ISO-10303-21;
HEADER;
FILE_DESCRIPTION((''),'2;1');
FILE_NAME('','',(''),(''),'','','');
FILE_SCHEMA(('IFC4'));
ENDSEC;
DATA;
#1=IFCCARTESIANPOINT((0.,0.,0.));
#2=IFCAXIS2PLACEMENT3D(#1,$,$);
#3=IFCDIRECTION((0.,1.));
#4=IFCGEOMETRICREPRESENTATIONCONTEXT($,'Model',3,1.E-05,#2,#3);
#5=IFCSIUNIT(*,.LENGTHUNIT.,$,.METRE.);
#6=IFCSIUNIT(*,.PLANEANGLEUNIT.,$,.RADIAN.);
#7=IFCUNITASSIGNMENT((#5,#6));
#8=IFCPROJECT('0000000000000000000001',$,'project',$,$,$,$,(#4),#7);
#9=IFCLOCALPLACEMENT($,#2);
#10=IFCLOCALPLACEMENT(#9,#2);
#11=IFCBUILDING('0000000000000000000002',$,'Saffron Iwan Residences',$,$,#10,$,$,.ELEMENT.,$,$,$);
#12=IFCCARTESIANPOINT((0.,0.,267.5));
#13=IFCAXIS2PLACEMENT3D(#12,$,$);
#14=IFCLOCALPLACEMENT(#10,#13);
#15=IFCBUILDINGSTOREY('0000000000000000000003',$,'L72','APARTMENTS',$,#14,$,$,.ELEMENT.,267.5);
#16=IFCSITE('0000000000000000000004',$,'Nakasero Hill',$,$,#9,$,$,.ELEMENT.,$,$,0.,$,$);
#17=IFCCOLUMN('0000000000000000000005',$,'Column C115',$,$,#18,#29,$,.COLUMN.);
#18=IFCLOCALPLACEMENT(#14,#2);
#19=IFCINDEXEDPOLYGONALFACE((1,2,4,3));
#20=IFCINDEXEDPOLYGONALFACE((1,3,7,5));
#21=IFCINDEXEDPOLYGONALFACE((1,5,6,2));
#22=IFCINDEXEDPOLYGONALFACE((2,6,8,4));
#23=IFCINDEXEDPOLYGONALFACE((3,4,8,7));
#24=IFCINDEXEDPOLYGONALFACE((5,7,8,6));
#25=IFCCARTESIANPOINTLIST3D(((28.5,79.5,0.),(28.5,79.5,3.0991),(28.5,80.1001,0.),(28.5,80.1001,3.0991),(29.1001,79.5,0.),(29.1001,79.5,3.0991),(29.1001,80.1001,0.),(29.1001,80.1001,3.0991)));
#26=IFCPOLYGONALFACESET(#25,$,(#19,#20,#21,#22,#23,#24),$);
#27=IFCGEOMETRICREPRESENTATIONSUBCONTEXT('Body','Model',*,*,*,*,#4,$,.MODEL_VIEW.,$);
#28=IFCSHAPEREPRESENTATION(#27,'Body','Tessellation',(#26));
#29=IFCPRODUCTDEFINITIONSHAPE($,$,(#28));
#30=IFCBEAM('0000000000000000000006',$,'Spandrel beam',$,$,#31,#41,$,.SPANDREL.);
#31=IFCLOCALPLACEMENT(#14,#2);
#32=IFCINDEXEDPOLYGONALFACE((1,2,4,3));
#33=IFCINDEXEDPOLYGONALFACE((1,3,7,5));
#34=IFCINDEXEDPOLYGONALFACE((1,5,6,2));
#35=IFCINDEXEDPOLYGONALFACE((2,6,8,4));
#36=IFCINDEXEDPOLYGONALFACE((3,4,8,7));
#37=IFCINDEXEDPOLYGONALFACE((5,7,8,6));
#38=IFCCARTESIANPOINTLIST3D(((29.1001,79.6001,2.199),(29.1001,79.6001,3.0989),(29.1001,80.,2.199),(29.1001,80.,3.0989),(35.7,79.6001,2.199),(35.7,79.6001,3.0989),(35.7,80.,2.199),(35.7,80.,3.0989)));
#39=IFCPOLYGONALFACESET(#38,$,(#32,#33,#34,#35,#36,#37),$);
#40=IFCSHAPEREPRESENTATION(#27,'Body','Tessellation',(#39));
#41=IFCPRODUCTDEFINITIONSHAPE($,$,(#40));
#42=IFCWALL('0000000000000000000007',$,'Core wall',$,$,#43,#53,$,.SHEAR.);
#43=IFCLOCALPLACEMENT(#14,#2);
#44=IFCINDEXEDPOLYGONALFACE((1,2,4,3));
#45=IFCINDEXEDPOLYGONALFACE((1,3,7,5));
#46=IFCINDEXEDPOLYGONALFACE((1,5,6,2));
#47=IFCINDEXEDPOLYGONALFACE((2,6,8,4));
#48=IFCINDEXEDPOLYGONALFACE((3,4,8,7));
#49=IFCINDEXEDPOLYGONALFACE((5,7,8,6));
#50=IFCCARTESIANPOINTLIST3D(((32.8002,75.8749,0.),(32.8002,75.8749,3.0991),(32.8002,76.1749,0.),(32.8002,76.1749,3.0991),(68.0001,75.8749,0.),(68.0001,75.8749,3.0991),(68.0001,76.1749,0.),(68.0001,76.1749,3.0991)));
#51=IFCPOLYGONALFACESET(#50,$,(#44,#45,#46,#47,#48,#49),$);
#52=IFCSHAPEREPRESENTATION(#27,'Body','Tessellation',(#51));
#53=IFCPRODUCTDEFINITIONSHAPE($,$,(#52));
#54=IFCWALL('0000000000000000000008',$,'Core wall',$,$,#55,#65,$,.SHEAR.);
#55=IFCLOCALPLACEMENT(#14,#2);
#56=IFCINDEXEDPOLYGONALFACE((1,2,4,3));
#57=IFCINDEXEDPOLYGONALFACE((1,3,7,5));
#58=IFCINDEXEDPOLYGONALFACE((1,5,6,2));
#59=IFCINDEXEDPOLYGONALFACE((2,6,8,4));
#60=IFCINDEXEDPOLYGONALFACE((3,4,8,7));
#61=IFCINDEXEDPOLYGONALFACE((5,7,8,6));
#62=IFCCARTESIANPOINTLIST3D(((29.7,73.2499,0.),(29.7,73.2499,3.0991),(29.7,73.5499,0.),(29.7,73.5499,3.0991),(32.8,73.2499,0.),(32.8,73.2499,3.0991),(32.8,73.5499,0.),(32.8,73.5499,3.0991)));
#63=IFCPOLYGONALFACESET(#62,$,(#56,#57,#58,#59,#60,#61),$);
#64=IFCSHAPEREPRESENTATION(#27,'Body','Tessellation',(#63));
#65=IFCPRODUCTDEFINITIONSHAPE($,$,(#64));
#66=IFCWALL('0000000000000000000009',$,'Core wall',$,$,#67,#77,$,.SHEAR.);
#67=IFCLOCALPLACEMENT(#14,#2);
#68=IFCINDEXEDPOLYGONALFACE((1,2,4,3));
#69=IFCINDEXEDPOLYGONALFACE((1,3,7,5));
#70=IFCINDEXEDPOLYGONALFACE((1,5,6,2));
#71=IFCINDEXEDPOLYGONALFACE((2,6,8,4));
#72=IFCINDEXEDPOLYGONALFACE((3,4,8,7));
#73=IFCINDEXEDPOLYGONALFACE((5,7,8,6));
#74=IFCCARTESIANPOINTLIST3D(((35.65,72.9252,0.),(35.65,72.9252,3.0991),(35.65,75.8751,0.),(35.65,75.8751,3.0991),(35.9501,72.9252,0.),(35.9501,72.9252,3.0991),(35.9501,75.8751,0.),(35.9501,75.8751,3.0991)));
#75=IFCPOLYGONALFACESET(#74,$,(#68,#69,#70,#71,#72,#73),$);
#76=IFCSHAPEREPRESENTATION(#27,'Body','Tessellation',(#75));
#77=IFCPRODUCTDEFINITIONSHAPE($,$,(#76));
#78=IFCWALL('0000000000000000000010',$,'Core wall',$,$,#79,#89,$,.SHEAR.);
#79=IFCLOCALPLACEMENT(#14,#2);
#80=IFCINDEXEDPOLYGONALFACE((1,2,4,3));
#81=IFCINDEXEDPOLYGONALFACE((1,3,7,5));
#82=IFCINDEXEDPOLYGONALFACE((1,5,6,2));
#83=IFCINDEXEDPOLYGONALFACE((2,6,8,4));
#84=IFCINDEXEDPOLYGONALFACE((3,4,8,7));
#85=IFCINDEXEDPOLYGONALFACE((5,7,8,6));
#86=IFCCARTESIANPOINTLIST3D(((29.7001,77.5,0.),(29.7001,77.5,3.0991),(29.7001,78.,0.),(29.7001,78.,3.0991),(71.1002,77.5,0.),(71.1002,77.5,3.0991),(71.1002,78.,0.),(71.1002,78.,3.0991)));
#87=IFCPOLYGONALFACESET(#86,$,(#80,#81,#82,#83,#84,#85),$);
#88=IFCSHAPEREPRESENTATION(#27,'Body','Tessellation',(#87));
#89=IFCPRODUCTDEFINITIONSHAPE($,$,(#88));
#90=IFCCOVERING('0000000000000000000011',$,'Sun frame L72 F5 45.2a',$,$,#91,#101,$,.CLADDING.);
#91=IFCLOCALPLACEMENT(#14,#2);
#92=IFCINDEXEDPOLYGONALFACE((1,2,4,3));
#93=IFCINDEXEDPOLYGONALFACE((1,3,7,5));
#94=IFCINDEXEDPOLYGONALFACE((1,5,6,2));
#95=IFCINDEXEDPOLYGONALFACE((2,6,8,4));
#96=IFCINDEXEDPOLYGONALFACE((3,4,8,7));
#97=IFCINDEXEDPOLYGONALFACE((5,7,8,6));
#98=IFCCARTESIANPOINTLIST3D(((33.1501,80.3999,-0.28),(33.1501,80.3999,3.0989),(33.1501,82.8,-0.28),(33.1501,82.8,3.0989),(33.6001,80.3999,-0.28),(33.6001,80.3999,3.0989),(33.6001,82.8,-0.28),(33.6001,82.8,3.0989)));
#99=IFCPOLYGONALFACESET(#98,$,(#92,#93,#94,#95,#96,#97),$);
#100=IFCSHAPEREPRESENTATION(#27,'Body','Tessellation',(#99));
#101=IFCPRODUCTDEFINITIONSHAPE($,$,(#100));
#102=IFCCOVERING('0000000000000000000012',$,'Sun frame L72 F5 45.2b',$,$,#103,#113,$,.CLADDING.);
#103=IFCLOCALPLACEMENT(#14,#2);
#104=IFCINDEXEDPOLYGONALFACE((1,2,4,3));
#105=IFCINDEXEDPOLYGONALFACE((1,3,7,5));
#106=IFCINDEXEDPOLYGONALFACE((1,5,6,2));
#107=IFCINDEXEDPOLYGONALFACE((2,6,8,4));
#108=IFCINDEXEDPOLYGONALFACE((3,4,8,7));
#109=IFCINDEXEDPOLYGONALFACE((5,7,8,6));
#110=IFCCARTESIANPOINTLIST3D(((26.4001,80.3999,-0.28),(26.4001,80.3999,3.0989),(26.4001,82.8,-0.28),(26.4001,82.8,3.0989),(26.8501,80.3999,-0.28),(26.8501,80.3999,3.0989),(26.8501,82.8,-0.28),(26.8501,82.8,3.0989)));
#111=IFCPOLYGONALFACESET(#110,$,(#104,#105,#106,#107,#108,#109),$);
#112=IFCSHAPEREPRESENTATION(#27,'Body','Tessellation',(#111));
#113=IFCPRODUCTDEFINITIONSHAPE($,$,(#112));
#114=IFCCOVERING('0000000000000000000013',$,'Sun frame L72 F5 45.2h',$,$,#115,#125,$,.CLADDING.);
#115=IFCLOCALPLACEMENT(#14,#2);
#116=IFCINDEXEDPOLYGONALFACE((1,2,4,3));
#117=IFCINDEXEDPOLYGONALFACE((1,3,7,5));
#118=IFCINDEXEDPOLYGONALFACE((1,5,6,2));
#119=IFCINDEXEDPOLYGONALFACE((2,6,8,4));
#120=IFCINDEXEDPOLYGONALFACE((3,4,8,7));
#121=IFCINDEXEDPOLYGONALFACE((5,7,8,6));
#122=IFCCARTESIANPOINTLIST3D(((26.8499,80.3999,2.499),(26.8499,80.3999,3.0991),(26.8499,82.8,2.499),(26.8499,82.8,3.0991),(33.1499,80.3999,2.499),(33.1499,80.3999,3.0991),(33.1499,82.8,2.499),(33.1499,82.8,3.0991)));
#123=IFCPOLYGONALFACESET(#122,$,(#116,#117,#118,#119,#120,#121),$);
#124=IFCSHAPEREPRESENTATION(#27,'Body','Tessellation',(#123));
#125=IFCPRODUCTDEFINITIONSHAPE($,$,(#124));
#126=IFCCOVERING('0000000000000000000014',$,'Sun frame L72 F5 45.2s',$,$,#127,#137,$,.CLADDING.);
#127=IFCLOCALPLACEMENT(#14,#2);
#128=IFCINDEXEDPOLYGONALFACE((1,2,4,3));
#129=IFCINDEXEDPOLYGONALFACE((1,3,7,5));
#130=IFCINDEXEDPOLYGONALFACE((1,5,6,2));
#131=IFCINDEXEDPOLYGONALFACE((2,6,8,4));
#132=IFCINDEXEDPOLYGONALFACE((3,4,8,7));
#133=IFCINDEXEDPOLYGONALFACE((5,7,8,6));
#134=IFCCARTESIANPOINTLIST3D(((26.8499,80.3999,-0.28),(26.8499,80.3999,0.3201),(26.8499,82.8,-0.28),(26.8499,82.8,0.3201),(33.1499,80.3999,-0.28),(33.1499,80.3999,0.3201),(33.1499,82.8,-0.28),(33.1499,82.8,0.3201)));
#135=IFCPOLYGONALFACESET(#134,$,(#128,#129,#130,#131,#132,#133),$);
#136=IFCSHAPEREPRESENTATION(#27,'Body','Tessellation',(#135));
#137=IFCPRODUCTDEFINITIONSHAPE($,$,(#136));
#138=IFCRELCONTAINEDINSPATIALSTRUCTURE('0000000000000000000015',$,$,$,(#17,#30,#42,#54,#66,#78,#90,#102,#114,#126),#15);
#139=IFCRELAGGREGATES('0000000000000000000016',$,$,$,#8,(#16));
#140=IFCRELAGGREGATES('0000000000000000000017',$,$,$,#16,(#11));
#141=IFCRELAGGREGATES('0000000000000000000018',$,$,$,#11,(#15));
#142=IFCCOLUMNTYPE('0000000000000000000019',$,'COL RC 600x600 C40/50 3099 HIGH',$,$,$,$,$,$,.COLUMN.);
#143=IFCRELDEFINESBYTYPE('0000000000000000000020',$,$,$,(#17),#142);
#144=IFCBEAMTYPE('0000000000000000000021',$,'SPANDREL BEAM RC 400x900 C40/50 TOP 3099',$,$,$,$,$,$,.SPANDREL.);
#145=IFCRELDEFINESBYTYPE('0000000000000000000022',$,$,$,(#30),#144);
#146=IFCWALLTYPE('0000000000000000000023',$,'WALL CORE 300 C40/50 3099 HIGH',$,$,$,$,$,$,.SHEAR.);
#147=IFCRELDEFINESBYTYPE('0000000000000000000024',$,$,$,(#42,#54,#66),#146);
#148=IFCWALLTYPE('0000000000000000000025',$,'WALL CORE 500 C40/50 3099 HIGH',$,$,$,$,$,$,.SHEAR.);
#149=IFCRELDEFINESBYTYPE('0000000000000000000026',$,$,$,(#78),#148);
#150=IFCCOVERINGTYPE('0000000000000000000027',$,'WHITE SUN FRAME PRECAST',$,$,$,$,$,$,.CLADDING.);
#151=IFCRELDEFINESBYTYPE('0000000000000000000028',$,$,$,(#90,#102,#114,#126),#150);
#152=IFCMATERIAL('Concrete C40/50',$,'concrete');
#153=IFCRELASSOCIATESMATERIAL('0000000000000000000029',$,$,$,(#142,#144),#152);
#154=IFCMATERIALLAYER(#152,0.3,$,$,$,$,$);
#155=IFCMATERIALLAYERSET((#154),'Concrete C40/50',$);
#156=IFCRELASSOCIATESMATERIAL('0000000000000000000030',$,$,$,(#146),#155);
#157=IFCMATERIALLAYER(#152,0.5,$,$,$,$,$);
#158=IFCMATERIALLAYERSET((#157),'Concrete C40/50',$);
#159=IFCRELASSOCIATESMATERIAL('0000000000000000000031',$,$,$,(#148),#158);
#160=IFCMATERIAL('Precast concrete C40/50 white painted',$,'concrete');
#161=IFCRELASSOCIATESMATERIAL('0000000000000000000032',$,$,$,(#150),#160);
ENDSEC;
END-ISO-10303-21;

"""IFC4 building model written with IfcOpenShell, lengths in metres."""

from ifc_helpers import new_model, si_unit, direction, frame, frame_2d, origin, origin_2d, place, context, subcontext, project, spatial, polyline, rectangle, outline, extrude, source, transform, mapped, material, layer, layer_set, material_profile, profile_set, type_object, element, save


model = new_model("IFC4")

# Units and contexts
model_context = context("Model", 3, precision=1e-05, world=origin(), true_north=direction((0.0, 1.0)))
body_context = subcontext(model_context, "Body", "Model", "MODEL_VIEW")
ifc_project = project(units=[si_unit("LENGTHUNIT", "METRE"), si_unit("PLANEANGLEUNIT", "RADIAN")], contexts=[model_context])

# Site, building, storey
site_placement = place(None, origin())
site = spatial("IfcSite", under=ifc_project, at=site_placement, Name="Nakasero Hill", CompositionType="ELEMENT", RefElevation=0.0)
building_placement = place(site_placement, origin())
building = spatial("IfcBuilding", under=site, at=building_placement, Name="Saffron Iwan Residences", CompositionType="ELEMENT")
storey_placement = place(building_placement, frame((0.0, 0.0, 267.5)))
storey = spatial("IfcBuildingStorey", under=building, at=storey_placement, Name="L72", Description="APARTMENTS", CompositionType="ELEMENT", Elevation=267.5)

# Column
ifc_material_1 = material(Name="Concrete C40/50", Category="concrete")
ifc_material_profile_1 = material_profile(ifc_material_1, rectangle(XDim=0.6001, YDim=0.6001, at=origin_2d()), Name="RC 600x600")
ifc_profile_set_1 = profile_set([ifc_material_profile_1], Name="Concrete C40/50")
column_type = type_object("IfcColumnType", Name="COL RC 600x600 C40/50 3099 HIGH", PredefinedType="COLUMN", material=ifc_profile_set_1)
shared_shape_1 = source(origin(), body_context, "Body", "SweptSolid", [
    extrude(rectangle(XDim=0.6001, YDim=0.6001, at=origin_2d()), origin(), (0.0, 0.0, 1.0), 3.0991),
])
column_placement = place(storey_placement, frame((28.8, 79.8, 0.0), z_axis=(0.0, 0.0, 1.0), x_axis=(1.0, 0.0, 0.0)))
element("IfcColumn", 1, at=column_placement, inside=storey, type_object=column_type, Name="Column C115", PredefinedType="COLUMN", context=body_context, shape_type="MappedRepresentation", body=[
    mapped(shared_shape_1, transform((0.0, 0.0, 0.0))),
])

# Beam
ifc_material_profile_2 = material_profile(ifc_material_1, rectangle(XDim=0.3999, YDim=0.8999, at=origin_2d()), Name="RC 400x900")
ifc_profile_set_2 = profile_set([ifc_material_profile_2], Name="Concrete C40/50")
beam_type = type_object("IfcBeamType", Name="SPANDREL BEAM RC 400x900 C40/50 TOP 3099", PredefinedType="SPANDREL", material=ifc_profile_set_2)
shared_shape_2 = source(origin(), body_context, "Body", "SweptSolid", [
    extrude(rectangle(XDim=0.3999, YDim=0.8999, at=origin_2d()), origin(), (0.0, 0.0, 1.0), 6.5999),
])
beam_placement = place(storey_placement, frame((29.1001, 79.8, 2.6489), z_axis=(1.0, 0.0, 0.0), x_axis=(0.0, 1.0, 0.0)))
element("IfcBeam", 2, at=beam_placement, inside=storey, type_object=beam_type, Name="Spandrel beam", PredefinedType="SPANDREL", context=body_context, shape_type="MappedRepresentation", body=[
    mapped(shared_shape_2, transform((0.0, 0.0, 0.0))),
])

# Shared definitions
ifc_layer_1 = layer(ifc_material_1, 0.3)
ifc_layer_set_1 = layer_set([ifc_layer_1], Name="Concrete C40/50")
wall_type_1 = type_object("IfcWallType", Name="WALL CORE 300 C40/50 3099 HIGH", PredefinedType="SHEAR", material=ifc_layer_set_1)

# Walls
wall_1_placement = place(storey_placement, frame((32.8, 76.0249, 0.0), z_axis=(0.0, 0.0, 1.0), x_axis=(1.0, 0.0, 0.0)))
element("IfcWall", 3, at=wall_1_placement, inside=storey, type_object=wall_type_1, Name="Core wall", PredefinedType="SHEAR", context=body_context, shape_type="SweptSolid", body=[
    extrude(rectangle(XDim=35.2, YDim=0.3, at=frame_2d((17.6001, 0.0))), origin(), (0.0, 0.0, 1.0), 3.0991),
])
wall_2_placement = place(storey_placement, frame((29.7, 73.3999, 0.0), z_axis=(0.0, 0.0, 1.0), x_axis=(1.0, 0.0, 0.0)))
element("IfcWall", 4, at=wall_2_placement, inside=storey, type_object=wall_type_1, Name="Core wall", PredefinedType="SHEAR", context=body_context, shape_type="SweptSolid", body=[
    extrude(rectangle(XDim=3.1001, YDim=0.3, at=frame_2d((1.55, 0.0))), origin(), (0.0, 0.0, 1.0), 3.0991),
])
wall_3_placement = place(storey_placement, frame((35.8, 72.925, 0.0), z_axis=(0.0, 0.0, 1.0), x_axis=(0.0, 1.0, 0.0)))
element("IfcWall", 5, at=wall_3_placement, inside=storey, type_object=wall_type_1, Name="Core wall", PredefinedType="SHEAR", context=body_context, shape_type="SweptSolid", body=[
    extrude(rectangle(XDim=2.95, YDim=0.3, at=frame_2d((1.4751, 0.0))), origin(), (0.0, 0.0, 1.0), 3.0991),
])
ifc_layer_2 = layer(ifc_material_1, 0.5)
ifc_layer_set_2 = layer_set([ifc_layer_2], Name="Concrete C40/50")
wall_type_2 = type_object("IfcWallType", Name="WALL CORE 500 C40/50 3099 HIGH", PredefinedType="SHEAR", material=ifc_layer_set_2)
wall_4_placement = place(storey_placement, frame((29.7, 77.75, 0.0), z_axis=(0.0, 0.0, 1.0), x_axis=(1.0, 0.0, 0.0)))
element("IfcWall", 6, at=wall_4_placement, inside=storey, type_object=wall_type_2, Name="Core wall", PredefinedType="SHEAR", context=body_context, shape_type="SweptSolid", body=[
    extrude(rectangle(XDim=41.4001, YDim=0.5, at=frame_2d((20.7002, 0.0))), origin(), (0.0, 0.0, 1.0), 3.0991),
])

# Coverings
ifc_material_2 = material(Name="Precast concrete C40/50 white painted", Category="concrete")
covering_type = type_object("IfcCoveringType", Name="WHITE SUN FRAME PRECAST", PredefinedType="CLADDING", material=ifc_material_2)
for number, where, z_axis, x_axis, name in (
    (7, (33.6001, 80.3999, -0.28), (0.0, 1.0, 0.0), (-1.0, 0.0, 0.0), "Sun frame L72 F5 45.2a"),
    (8, (26.8501, 80.3999, -0.28), (0.0, 1.0, 0.0), (-1.0, 0.0, 0.0), "Sun frame L72 F5 45.2b"),
):
    element("IfcCovering", number, at=place(storey_placement, frame(where, z_axis=z_axis, x_axis=x_axis)), inside=storey, type_object=covering_type, Name=name, PredefinedType="CLADDING", context=body_context, shape_type="SweptSolid", body=[
        extrude(outline(polyline([(0.0, 0.0), (0.45, 0.0), (0.45, 3.3789), (0.0, 3.3789), (0.0, 0.0)])), origin(), (0.0, 0.0, 1.0), 2.4001),
    ])
for number, where, z_axis, x_axis, name in (
    (9, (33.1499, 80.3999, 2.499), (0.0, 1.0, 0.0), (-1.0, 0.0, 0.0), "Sun frame L72 F5 45.2h"),
    (10, (33.1499, 80.3999, -0.28), (0.0, 1.0, 0.0), (-1.0, 0.0, 0.0), "Sun frame L72 F5 45.2s"),
):
    element("IfcCovering", number, at=place(storey_placement, frame(where, z_axis=z_axis, x_axis=x_axis)), inside=storey, type_object=covering_type, Name=name, PredefinedType="CLADDING", context=body_context, shape_type="SweptSolid", body=[
        extrude(outline(polyline([(0.0, 0.0), (6.3, 0.0), (6.3, 0.6001), (0.0, 0.6001), (0.0, 0.0)])), origin(), (0.0, 0.0, 1.0), 2.4001),
    ])

save(model, "model.ifc")
